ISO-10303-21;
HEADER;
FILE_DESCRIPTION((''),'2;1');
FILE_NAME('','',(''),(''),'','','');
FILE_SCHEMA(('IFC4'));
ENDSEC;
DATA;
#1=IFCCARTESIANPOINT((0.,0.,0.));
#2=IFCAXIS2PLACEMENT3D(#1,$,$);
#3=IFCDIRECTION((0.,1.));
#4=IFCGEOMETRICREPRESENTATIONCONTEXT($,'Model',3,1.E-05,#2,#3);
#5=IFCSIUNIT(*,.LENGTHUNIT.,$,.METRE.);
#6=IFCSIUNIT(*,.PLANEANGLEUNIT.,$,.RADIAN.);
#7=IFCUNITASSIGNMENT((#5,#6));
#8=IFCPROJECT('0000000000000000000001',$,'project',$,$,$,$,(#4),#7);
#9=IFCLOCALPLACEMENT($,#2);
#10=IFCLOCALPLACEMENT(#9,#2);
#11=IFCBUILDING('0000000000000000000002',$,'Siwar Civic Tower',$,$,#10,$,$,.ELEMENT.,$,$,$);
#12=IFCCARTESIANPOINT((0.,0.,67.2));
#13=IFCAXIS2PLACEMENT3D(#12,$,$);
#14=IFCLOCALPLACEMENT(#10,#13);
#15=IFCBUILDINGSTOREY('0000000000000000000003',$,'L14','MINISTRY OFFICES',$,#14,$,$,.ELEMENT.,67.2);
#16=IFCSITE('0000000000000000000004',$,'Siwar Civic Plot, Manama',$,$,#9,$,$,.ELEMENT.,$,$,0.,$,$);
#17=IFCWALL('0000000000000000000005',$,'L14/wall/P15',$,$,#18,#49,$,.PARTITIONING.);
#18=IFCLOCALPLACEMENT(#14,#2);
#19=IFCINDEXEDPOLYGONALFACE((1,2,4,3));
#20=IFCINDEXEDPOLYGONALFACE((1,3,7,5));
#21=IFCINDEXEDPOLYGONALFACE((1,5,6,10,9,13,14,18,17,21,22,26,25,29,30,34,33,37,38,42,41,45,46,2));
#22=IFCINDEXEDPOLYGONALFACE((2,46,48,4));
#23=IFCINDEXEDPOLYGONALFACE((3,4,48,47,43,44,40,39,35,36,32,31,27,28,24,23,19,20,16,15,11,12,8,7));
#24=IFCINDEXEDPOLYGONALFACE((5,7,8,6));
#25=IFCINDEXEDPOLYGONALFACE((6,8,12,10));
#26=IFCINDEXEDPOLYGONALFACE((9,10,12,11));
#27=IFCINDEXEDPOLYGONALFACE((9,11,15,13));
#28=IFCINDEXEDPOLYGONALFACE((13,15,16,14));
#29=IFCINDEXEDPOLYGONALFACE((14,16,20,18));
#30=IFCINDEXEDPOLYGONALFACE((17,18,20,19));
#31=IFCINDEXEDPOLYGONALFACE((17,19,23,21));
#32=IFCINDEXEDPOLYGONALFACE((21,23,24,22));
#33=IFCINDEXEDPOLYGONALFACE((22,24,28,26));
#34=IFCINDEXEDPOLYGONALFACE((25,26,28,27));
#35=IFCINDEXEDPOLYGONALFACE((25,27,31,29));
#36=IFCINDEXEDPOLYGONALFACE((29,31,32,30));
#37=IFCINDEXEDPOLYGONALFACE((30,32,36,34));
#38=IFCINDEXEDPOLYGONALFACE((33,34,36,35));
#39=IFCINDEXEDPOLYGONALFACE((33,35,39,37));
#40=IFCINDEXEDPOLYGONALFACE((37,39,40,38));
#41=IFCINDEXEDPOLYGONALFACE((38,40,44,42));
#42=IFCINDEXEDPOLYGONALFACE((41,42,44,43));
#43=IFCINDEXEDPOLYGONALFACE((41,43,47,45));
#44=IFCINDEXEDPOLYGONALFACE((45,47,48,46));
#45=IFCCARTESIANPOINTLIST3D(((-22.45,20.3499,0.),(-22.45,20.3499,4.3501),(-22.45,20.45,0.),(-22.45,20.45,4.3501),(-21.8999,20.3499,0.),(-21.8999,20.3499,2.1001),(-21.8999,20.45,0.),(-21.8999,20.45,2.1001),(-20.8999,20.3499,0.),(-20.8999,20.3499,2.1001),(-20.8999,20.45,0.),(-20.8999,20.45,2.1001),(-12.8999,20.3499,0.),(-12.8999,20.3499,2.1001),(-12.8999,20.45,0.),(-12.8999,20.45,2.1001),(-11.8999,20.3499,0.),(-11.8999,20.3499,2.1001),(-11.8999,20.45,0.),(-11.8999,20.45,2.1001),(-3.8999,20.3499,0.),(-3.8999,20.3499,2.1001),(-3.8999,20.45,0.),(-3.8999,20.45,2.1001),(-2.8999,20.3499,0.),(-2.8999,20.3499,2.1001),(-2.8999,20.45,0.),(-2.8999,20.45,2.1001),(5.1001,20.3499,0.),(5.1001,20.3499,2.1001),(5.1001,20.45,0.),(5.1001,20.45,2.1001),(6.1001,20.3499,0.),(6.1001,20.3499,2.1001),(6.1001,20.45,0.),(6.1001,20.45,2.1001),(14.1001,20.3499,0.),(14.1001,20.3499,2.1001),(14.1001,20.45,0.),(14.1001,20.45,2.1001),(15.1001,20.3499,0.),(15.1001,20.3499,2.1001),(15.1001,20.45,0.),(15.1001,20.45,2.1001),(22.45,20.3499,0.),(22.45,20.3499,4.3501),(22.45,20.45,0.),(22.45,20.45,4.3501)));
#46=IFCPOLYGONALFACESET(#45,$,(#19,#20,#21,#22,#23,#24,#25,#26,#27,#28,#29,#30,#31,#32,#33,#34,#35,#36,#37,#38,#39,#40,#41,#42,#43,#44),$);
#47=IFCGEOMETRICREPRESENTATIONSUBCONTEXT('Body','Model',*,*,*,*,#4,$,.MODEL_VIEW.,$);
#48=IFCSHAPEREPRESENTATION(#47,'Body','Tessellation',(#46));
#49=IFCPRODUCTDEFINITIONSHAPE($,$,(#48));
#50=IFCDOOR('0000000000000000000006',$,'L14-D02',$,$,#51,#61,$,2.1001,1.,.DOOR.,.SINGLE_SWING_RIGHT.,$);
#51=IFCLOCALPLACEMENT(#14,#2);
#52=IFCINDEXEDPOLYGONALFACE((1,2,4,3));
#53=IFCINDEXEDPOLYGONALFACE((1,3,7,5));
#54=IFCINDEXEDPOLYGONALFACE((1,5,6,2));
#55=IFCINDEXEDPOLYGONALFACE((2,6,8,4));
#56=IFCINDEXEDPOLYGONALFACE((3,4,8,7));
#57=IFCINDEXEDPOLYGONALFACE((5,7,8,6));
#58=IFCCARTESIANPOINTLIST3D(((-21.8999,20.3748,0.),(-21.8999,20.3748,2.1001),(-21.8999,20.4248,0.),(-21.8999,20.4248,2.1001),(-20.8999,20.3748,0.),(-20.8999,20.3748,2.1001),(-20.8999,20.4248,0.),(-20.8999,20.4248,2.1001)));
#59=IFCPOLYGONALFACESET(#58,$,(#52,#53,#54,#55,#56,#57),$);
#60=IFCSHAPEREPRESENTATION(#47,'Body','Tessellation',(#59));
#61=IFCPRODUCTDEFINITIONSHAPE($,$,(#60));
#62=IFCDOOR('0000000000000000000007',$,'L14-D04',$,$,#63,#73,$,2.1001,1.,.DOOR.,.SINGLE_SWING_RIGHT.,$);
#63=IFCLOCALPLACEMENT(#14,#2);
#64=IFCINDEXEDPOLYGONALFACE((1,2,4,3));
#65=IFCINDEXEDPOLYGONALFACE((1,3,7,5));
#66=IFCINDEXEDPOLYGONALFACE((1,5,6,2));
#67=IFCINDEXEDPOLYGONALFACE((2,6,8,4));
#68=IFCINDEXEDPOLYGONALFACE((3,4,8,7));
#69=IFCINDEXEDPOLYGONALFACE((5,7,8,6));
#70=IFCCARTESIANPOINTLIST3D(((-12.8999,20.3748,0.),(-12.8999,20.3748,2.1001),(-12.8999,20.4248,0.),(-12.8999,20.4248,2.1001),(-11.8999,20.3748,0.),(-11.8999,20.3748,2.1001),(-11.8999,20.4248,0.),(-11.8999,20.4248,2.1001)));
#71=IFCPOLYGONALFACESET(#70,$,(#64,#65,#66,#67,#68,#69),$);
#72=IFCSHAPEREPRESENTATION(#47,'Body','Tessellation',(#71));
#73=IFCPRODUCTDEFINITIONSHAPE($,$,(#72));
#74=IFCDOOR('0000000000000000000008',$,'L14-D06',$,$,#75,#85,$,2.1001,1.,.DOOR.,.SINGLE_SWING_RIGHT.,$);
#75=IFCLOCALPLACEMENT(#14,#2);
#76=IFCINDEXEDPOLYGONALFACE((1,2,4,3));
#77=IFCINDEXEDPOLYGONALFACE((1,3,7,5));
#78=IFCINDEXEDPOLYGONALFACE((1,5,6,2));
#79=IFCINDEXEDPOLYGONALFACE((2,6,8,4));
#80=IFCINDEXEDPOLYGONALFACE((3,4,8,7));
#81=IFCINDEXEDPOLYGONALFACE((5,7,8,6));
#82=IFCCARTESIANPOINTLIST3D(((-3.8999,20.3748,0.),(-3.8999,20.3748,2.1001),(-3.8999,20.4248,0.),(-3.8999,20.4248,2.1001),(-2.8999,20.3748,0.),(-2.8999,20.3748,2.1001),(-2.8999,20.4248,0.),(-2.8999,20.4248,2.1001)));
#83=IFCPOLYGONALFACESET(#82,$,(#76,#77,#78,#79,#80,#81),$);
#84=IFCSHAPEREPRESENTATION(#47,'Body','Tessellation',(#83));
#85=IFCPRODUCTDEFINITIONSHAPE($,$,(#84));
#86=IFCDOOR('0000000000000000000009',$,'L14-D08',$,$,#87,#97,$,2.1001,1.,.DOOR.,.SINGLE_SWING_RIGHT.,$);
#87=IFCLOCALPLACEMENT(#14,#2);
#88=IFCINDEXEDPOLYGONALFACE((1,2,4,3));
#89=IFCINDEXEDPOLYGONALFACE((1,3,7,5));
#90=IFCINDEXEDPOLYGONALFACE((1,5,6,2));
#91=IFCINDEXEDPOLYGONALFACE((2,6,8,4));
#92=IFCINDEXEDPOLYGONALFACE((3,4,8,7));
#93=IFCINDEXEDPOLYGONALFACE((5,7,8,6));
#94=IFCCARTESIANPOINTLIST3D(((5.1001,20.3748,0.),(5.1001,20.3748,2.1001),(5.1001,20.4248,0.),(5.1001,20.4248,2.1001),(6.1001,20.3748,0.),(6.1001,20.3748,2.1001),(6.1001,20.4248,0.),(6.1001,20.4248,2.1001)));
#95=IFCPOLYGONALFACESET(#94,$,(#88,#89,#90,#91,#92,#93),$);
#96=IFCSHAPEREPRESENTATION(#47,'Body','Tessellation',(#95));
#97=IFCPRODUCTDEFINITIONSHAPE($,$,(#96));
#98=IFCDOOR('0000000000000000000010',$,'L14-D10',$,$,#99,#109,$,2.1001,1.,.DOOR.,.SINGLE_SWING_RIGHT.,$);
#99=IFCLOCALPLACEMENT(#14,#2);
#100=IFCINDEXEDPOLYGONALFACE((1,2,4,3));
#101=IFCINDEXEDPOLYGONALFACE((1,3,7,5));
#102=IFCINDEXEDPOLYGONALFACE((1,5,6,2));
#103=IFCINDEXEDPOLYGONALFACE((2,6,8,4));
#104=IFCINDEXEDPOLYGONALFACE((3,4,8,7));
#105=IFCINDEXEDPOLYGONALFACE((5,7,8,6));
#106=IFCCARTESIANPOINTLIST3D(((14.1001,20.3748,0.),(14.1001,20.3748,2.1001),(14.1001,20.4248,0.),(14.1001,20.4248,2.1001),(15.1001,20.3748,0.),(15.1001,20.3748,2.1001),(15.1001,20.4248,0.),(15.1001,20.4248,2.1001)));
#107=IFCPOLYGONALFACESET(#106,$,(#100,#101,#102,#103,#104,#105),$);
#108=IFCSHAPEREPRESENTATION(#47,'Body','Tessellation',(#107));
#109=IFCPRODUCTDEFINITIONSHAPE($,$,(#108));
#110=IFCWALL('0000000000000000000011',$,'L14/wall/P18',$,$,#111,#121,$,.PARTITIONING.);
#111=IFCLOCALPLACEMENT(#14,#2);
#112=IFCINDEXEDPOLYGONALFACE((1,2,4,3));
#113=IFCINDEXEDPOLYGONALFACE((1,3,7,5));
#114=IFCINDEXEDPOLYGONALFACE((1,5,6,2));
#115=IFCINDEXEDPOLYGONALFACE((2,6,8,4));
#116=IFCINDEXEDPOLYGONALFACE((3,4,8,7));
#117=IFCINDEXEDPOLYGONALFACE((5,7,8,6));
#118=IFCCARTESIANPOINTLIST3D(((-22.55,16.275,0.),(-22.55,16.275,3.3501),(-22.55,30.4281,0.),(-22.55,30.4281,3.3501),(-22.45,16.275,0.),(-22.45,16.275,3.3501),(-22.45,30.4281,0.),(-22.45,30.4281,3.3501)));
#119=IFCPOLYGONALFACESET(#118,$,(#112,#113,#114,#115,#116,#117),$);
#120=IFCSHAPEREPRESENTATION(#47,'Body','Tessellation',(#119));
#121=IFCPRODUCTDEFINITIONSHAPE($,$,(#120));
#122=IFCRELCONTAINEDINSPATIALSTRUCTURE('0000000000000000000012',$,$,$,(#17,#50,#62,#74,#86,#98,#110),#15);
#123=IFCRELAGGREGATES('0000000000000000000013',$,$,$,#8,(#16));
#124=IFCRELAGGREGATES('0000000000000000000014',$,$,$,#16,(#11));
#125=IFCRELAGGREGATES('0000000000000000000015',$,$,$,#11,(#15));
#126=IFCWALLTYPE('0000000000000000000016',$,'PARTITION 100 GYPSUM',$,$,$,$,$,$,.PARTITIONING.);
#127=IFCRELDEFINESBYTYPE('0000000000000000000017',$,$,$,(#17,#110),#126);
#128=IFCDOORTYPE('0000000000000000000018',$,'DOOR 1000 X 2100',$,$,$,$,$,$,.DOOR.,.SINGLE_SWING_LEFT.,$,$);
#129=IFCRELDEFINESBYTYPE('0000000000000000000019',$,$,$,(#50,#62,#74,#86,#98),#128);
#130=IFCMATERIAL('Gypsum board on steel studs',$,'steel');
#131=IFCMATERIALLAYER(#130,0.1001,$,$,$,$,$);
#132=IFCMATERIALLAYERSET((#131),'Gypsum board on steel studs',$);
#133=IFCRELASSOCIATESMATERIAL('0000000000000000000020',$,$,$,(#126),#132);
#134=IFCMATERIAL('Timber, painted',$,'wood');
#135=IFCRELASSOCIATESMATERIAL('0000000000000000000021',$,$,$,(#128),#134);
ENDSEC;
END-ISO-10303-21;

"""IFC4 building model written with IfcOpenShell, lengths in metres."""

from ifc_helpers import new_model, si_unit, direction, frame, frame_2d, origin, place, context, subcontext, project, spatial, rectangle, extrude, material, layer, layer_set, type_object, element, fill, save


model = new_model("IFC4")

# Units and contexts
model_context = context("Model", 3, precision=1e-05, world=origin(), true_north=direction((0.0, 1.0)))
body_context = subcontext(model_context, "Body", "Model", "MODEL_VIEW")
ifc_project = project(units=[si_unit("LENGTHUNIT", "METRE"), si_unit("PLANEANGLEUNIT", "RADIAN")], contexts=[model_context])

# Site, building, storey
site_placement = place(None, origin())
site = spatial("IfcSite", under=ifc_project, at=site_placement, Name="Siwar Civic Plot, Manama", CompositionType="ELEMENT", RefElevation=0.0)
building_placement = place(site_placement, origin())
building = spatial("IfcBuilding", under=site, at=building_placement, Name="Siwar Civic Tower", CompositionType="ELEMENT")
storey_placement = place(building_placement, frame((0.0, 0.0, 67.2)))
storey = spatial("IfcBuildingStorey", under=building, at=storey_placement, Name="L14", Description="MINISTRY OFFICES", CompositionType="ELEMENT", Elevation=67.2)

# Wall, openings, doors
ifc_material_1 = material(Name="Gypsum board on steel studs", Category="steel")
ifc_layer_1 = layer(ifc_material_1, 0.1001)
ifc_layer_set_1 = layer_set([ifc_layer_1], Name="Gypsum board on steel studs")
wall_type_1 = type_object("IfcWallType", Name="PARTITION 100 GYPSUM", PredefinedType="PARTITIONING", material=ifc_layer_set_1)
wall_1_placement = place(storey_placement, frame((-22.45, 20.3999, 0.0), z_axis=(0.0, 0.0, 1.0), x_axis=(1.0, 0.0, 0.0)))
wall_1 = element("IfcWall", 1, at=wall_1_placement, inside=storey, type_object=wall_type_1, Name="L14/wall/P15", PredefinedType="PARTITIONING", context=body_context, shape_type="SweptSolid", body=[
    extrude(rectangle(XDim=44.8999, YDim=0.1001, at=frame_2d((22.45, 0.0))), origin(), (0.0, 0.0, 1.0), 4.3501),
])
opening_1_placement = place(wall_1_placement, frame((0.55, 0.0, 0.0)))
opening_1 = element("IfcOpeningElement", 2, at=opening_1_placement, cuts=wall_1, PredefinedType="OPENING", context=body_context, shape_type="SweptSolid", body=[
    extrude(rectangle(XDim=1.0, YDim=2.1001, at=frame_2d((0.5, 1.05))), frame((0.0, 0.0601, 0.0), z_axis=(0.0, -1.0, 0.0), x_axis=(1.0, 0.0, 0.0)), (0.0, 0.0, 1.0), 0.1201),
])
opening_2_placement = place(wall_1_placement, frame((9.55, 0.0, 0.0)))
opening_2 = element("IfcOpeningElement", 3, at=opening_2_placement, cuts=wall_1, PredefinedType="OPENING", context=body_context, shape_type="SweptSolid", body=[
    extrude(rectangle(XDim=1.0, YDim=2.1001, at=frame_2d((0.5, 1.05))), frame((0.0, 0.0601, 0.0), z_axis=(0.0, -1.0, 0.0), x_axis=(1.0, 0.0, 0.0)), (0.0, 0.0, 1.0), 0.1201),
])
opening_3_placement = place(wall_1_placement, frame((18.55, 0.0, 0.0)))
opening_3 = element("IfcOpeningElement", 4, at=opening_3_placement, cuts=wall_1, PredefinedType="OPENING", context=body_context, shape_type="SweptSolid", body=[
    extrude(rectangle(XDim=1.0, YDim=2.1001, at=frame_2d((0.5, 1.05))), frame((0.0, 0.0601, 0.0), z_axis=(0.0, -1.0, 0.0), x_axis=(1.0, 0.0, 0.0)), (0.0, 0.0, 1.0), 0.1201),
])
opening_4_placement = place(wall_1_placement, frame((27.55, 0.0, 0.0)))
opening_4 = element("IfcOpeningElement", 5, at=opening_4_placement, cuts=wall_1, PredefinedType="OPENING", context=body_context, shape_type="SweptSolid", body=[
    extrude(rectangle(XDim=1.0, YDim=2.1001, at=frame_2d((0.5, 1.05))), frame((0.0, 0.0601, 0.0), z_axis=(0.0, -1.0, 0.0), x_axis=(1.0, 0.0, 0.0)), (0.0, 0.0, 1.0), 0.1201),
])
opening_5_placement = place(wall_1_placement, frame((36.55, 0.0, 0.0)))
opening_5 = element("IfcOpeningElement", 6, at=opening_5_placement, cuts=wall_1, PredefinedType="OPENING", context=body_context, shape_type="SweptSolid", body=[
    extrude(rectangle(XDim=1.0, YDim=2.1001, at=frame_2d((0.5, 1.05))), frame((0.0, 0.0601, 0.0), z_axis=(0.0, -1.0, 0.0), x_axis=(1.0, 0.0, 0.0)), (0.0, 0.0, 1.0), 0.1201),
])
ifc_material_2 = material(Name="Timber, painted", Category="wood")
door_type_1 = type_object("IfcDoorType", Name="DOOR 1000 X 2100", OperationType="SINGLE_SWING_LEFT", PredefinedType="DOOR", material=ifc_material_2)
door_1_placement = place(opening_1_placement, origin())
door_1 = element("IfcDoor", 7, at=door_1_placement, inside=storey, type_object=door_type_1, Name="L14-D02", OperationType="SINGLE_SWING_RIGHT", OverallHeight=2.1001, OverallWidth=1.0, PredefinedType="DOOR", context=body_context, shape_type="SweptSolid", body=[
    extrude(rectangle(XDim=1.0, YDim=2.1001, at=frame_2d((0.5, 1.05))), frame((0.0, 0.0249, 0.0), z_axis=(0.0, -1.0, 0.0), x_axis=(1.0, 0.0, 0.0)), (0.0, 0.0, 1.0), 0.05),
])
fill(opening_1, door_1)
door_2_placement = place(opening_2_placement, origin())
door_2 = element("IfcDoor", 8, at=door_2_placement, inside=storey, type_object=door_type_1, Name="L14-D04", OperationType="SINGLE_SWING_RIGHT", OverallHeight=2.1001, OverallWidth=1.0, PredefinedType="DOOR", context=body_context, shape_type="SweptSolid", body=[
    extrude(rectangle(XDim=1.0, YDim=2.1001, at=frame_2d((0.5, 1.05))), frame((0.0, 0.0249, 0.0), z_axis=(0.0, -1.0, 0.0), x_axis=(1.0, 0.0, 0.0)), (0.0, 0.0, 1.0), 0.05),
])
fill(opening_2, door_2)
door_3_placement = place(opening_3_placement, origin())
door_3 = element("IfcDoor", 9, at=door_3_placement, inside=storey, type_object=door_type_1, Name="L14-D06", OperationType="SINGLE_SWING_RIGHT", OverallHeight=2.1001, OverallWidth=1.0, PredefinedType="DOOR", context=body_context, shape_type="SweptSolid", body=[
    extrude(rectangle(XDim=1.0, YDim=2.1001, at=frame_2d((0.5, 1.05))), frame((0.0, 0.0249, 0.0), z_axis=(0.0, -1.0, 0.0), x_axis=(1.0, 0.0, 0.0)), (0.0, 0.0, 1.0), 0.05),
])
fill(opening_3, door_3)
door_4_placement = place(opening_4_placement, origin())
door_4 = element("IfcDoor", 10, at=door_4_placement, inside=storey, type_object=door_type_1, Name="L14-D08", OperationType="SINGLE_SWING_RIGHT", OverallHeight=2.1001, OverallWidth=1.0, PredefinedType="DOOR", context=body_context, shape_type="SweptSolid", body=[
    extrude(rectangle(XDim=1.0, YDim=2.1001, at=frame_2d((0.5, 1.05))), frame((0.0, 0.0249, 0.0), z_axis=(0.0, -1.0, 0.0), x_axis=(1.0, 0.0, 0.0)), (0.0, 0.0, 1.0), 0.05),
])
fill(opening_4, door_4)
door_5_placement = place(opening_5_placement, origin())
door_5 = element("IfcDoor", 11, at=door_5_placement, inside=storey, type_object=door_type_1, Name="L14-D10", OperationType="SINGLE_SWING_RIGHT", OverallHeight=2.1001, OverallWidth=1.0, PredefinedType="DOOR", context=body_context, shape_type="SweptSolid", body=[
    extrude(rectangle(XDim=1.0, YDim=2.1001, at=frame_2d((0.5, 1.05))), frame((0.0, 0.0249, 0.0), z_axis=(0.0, -1.0, 0.0), x_axis=(1.0, 0.0, 0.0)), (0.0, 0.0, 1.0), 0.05),
])
fill(opening_5, door_5)

# Wall
wall_2_placement = place(storey_placement, frame((-22.5, 16.2749, 0.0), z_axis=(0.0, 0.0, 1.0), x_axis=(0.0, 1.0, 0.0)))
element("IfcWall", 12, at=wall_2_placement, inside=storey, type_object=wall_type_1, Name="L14/wall/P18", PredefinedType="PARTITIONING", context=body_context, shape_type="SweptSolid", body=[
    extrude(rectangle(XDim=14.1531, YDim=0.1001, at=frame_2d((7.0767, 0.0))), origin(), (0.0, 0.0, 1.0), 3.3501),
])

save(model, "model.ifc")
